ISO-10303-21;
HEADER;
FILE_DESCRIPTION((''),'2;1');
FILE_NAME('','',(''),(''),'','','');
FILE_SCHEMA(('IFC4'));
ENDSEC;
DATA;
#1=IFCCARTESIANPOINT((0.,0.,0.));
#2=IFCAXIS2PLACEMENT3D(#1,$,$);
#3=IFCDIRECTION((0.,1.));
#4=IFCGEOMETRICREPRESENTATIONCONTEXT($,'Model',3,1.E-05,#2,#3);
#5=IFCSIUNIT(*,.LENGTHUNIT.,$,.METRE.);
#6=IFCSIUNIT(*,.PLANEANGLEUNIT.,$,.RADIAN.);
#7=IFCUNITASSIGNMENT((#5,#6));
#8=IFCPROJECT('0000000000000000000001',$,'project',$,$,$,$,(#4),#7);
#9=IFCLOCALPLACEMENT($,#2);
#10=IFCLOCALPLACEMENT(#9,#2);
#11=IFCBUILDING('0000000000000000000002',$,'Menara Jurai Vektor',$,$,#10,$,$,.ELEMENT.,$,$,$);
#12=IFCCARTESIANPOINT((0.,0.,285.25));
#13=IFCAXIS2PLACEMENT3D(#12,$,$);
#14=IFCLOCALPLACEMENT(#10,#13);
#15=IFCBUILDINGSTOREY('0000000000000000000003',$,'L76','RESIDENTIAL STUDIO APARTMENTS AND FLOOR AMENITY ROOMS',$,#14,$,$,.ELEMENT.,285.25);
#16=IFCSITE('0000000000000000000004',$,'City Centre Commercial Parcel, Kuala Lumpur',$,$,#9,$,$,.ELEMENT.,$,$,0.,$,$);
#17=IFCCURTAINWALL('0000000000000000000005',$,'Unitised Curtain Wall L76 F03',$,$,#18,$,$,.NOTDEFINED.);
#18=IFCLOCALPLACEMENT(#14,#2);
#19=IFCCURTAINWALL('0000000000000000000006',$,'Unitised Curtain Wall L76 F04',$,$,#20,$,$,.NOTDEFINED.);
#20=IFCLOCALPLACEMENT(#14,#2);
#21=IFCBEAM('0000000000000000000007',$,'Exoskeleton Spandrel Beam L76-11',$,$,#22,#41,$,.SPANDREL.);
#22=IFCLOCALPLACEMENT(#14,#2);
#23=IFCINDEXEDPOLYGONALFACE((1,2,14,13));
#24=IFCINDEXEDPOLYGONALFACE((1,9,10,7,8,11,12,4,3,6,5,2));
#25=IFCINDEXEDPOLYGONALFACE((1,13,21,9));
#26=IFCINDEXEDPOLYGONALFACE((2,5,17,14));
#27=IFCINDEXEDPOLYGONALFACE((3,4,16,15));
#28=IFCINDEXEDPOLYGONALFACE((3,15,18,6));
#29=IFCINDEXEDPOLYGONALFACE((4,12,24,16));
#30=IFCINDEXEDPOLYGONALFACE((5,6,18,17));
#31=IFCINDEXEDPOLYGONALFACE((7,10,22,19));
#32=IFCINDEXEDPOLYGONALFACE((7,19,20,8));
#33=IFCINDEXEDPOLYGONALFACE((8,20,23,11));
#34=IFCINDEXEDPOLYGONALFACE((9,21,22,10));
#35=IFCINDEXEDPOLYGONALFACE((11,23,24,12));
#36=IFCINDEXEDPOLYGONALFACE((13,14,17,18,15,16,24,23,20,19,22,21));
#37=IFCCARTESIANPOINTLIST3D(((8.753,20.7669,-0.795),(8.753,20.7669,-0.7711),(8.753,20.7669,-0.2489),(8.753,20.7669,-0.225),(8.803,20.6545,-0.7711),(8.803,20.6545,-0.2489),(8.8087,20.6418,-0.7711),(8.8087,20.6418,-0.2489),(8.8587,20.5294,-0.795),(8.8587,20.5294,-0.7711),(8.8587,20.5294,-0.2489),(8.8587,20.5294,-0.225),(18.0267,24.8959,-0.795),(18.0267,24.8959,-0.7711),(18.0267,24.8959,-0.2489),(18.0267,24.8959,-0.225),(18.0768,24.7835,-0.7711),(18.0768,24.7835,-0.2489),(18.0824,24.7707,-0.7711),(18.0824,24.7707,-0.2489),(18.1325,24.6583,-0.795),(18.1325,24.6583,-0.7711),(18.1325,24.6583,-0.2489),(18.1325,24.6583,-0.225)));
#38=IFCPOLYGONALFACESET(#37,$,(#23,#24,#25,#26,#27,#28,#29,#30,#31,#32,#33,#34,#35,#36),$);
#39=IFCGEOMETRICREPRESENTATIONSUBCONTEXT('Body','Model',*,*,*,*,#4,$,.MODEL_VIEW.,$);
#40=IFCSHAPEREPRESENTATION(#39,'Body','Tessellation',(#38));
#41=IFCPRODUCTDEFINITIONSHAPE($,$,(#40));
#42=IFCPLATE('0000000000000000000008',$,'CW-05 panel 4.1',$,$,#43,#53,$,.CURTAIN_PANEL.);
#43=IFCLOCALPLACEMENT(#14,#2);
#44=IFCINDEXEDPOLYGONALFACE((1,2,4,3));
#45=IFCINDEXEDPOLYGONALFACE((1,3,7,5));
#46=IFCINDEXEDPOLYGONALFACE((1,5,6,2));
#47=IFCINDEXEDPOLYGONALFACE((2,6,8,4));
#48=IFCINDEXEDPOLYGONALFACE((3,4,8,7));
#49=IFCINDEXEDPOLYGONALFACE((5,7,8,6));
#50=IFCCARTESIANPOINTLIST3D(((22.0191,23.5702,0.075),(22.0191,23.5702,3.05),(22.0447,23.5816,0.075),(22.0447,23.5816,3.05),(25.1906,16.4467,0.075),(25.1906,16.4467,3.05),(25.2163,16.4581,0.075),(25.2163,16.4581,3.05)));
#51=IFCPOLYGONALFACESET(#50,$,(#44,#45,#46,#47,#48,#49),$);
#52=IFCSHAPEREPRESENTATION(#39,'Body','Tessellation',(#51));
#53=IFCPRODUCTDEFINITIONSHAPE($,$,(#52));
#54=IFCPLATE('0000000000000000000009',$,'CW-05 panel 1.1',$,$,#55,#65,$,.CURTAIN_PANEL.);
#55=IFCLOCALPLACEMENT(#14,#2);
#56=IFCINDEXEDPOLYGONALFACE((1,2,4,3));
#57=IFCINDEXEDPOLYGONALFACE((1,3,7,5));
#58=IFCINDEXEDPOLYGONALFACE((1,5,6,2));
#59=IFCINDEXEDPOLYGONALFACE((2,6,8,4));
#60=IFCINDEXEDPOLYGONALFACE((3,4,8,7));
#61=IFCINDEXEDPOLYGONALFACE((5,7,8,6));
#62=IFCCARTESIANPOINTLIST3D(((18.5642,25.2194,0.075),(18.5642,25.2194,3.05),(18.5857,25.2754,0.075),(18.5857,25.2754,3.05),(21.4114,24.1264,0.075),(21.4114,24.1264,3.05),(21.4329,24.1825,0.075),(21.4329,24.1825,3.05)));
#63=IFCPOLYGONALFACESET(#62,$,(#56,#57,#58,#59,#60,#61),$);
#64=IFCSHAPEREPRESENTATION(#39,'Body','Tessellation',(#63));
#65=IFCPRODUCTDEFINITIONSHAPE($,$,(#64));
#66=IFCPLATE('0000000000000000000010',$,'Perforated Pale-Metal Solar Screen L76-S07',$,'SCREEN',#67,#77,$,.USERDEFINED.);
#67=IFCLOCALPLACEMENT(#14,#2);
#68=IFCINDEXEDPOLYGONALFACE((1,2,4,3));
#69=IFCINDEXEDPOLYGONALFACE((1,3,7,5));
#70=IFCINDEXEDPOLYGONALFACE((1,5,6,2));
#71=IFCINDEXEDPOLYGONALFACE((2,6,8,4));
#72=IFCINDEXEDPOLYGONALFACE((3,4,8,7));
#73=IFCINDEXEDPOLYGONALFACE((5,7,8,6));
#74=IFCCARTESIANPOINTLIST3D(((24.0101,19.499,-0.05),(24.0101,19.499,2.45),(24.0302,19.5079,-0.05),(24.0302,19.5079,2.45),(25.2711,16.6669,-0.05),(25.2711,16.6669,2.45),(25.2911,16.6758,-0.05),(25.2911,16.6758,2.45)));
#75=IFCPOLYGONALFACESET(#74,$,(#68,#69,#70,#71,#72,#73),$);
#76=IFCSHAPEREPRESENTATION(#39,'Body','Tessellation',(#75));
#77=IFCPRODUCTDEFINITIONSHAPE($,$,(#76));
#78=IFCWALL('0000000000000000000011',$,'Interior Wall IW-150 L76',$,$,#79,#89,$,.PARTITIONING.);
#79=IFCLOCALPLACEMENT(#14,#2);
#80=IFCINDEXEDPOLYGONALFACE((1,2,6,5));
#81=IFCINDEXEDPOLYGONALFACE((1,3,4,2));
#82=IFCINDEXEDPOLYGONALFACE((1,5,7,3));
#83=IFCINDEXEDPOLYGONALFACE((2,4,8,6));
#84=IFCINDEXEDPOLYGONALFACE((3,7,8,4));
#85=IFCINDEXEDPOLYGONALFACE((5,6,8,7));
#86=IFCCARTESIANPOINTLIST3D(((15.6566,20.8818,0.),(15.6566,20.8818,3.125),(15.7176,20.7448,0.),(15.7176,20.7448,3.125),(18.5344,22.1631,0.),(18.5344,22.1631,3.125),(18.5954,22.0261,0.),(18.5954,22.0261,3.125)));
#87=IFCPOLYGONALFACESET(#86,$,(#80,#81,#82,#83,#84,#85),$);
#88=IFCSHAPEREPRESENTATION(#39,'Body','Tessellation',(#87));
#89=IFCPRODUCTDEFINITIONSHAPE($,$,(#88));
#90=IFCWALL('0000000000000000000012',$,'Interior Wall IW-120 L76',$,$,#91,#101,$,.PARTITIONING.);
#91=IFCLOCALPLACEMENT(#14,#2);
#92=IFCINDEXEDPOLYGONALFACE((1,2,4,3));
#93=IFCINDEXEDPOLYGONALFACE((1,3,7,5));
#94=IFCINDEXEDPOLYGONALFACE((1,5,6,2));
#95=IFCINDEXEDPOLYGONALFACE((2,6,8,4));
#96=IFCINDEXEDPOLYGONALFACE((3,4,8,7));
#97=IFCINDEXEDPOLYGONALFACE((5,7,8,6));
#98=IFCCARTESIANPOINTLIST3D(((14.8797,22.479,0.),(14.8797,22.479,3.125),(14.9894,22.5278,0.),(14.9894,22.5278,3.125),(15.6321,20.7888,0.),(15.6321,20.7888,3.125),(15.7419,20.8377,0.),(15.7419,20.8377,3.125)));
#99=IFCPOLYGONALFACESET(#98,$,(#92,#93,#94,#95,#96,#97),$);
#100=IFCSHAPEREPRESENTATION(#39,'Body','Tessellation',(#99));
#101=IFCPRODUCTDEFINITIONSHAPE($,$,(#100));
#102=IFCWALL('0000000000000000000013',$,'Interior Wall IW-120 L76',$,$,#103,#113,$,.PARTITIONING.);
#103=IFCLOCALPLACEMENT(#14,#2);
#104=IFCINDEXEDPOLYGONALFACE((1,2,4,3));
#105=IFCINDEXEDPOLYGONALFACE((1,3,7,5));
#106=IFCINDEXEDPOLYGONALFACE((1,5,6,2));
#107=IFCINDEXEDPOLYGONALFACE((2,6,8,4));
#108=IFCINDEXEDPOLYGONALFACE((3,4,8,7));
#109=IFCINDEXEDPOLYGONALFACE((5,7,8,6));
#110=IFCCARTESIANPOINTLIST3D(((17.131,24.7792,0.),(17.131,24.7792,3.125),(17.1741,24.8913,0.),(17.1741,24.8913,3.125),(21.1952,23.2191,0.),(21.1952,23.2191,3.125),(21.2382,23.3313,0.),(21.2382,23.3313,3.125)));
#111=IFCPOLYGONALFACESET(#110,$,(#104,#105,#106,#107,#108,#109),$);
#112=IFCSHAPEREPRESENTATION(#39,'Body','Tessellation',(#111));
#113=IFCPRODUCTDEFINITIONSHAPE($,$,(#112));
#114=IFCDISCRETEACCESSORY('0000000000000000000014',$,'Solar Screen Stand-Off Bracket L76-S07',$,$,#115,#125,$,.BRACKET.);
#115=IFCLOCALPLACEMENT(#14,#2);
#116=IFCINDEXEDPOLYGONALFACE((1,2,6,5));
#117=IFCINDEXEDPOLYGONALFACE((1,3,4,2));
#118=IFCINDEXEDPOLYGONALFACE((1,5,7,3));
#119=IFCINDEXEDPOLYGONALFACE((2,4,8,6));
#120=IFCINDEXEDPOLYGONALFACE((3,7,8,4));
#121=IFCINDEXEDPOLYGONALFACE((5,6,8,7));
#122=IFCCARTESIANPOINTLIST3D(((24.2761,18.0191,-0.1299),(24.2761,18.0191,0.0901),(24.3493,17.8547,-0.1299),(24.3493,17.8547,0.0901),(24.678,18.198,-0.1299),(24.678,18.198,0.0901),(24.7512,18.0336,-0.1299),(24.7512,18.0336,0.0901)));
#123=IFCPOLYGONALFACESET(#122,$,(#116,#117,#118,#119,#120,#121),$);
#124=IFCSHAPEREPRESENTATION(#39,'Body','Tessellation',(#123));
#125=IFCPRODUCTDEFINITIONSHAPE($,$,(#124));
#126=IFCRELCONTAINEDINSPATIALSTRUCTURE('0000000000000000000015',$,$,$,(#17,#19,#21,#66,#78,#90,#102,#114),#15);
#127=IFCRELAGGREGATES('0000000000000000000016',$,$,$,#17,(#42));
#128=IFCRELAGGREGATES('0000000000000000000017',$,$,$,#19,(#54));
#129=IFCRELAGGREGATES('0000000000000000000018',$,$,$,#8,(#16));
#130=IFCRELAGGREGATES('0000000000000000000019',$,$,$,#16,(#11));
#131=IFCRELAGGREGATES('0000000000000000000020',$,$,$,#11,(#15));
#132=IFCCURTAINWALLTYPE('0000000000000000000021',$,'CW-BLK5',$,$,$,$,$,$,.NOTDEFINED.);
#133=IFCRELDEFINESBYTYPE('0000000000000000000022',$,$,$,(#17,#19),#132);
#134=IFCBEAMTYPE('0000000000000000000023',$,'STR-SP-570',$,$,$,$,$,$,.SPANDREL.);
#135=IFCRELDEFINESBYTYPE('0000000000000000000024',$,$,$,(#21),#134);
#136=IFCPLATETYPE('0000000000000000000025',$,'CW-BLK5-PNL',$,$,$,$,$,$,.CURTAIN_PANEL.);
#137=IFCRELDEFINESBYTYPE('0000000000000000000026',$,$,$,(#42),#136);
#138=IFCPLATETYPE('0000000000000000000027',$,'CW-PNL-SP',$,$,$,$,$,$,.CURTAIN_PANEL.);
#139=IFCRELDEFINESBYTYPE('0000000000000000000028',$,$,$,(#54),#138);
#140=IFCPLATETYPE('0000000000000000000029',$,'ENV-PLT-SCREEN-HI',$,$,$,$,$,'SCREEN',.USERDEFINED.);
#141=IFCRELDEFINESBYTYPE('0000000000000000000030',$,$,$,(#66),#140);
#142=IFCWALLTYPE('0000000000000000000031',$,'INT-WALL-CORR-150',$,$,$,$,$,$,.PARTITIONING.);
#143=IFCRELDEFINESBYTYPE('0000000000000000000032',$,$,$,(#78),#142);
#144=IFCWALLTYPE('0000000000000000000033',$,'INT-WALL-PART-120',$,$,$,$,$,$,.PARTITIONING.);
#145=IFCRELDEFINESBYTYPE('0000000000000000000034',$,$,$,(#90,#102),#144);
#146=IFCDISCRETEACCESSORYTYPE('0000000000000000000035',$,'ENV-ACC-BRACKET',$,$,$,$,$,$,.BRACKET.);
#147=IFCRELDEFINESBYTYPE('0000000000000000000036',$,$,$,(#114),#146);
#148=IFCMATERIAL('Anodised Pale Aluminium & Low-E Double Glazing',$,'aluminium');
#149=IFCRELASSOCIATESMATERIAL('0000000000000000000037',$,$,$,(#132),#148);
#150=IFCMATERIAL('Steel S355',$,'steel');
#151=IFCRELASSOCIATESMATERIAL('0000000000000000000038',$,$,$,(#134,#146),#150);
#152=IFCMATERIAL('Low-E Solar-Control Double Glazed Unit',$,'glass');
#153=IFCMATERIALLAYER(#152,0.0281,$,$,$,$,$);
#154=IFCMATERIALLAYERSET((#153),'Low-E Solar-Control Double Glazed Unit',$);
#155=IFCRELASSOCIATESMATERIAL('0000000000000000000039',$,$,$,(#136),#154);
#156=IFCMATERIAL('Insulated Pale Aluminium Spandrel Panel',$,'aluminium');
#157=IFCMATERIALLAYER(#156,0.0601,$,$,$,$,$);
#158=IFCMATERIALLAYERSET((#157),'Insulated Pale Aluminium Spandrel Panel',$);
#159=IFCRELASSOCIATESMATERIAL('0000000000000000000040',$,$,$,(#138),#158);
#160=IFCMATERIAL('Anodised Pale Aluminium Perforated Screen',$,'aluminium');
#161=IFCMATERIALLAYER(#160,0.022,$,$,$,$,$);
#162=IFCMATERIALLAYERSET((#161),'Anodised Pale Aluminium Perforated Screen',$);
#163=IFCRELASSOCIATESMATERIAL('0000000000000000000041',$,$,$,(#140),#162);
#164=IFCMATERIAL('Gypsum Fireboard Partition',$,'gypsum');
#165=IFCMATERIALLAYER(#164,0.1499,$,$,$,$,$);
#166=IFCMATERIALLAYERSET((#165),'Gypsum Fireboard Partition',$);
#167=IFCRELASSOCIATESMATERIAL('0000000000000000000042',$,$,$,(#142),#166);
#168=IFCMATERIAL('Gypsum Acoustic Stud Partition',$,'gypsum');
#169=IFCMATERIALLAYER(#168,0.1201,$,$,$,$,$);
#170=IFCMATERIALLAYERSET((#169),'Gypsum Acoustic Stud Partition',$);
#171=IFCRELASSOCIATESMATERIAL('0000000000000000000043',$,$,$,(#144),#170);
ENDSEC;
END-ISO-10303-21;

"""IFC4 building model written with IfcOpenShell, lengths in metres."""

from ifc_helpers import new_model, si_unit, direction, frame, frame_2d, origin, origin_2d, place, context, subcontext, project, spatial, rectangle, i_section, extrude, material, layer, layer_set, material_profile, profile_set, type_object, element, aggregate, save


model = new_model("IFC4")

# Units and contexts
model_context = context("Model", 3, precision=1e-05, world=origin(), true_north=direction((0.0, 1.0)))
body_context = subcontext(model_context, "Body", "Model", "MODEL_VIEW")
ifc_project = project(units=[si_unit("LENGTHUNIT", "METRE"), si_unit("PLANEANGLEUNIT", "RADIAN")], contexts=[model_context])

# Site, building, storey
site_placement = place(None, origin())
site = spatial("IfcSite", under=ifc_project, at=site_placement, Name="City Centre Commercial Parcel, Kuala Lumpur", CompositionType="ELEMENT", RefElevation=0.0)
building_placement = place(site_placement, origin())
building = spatial("IfcBuilding", under=site, at=building_placement, Name="Menara Jurai Vektor", CompositionType="ELEMENT")
storey_placement = place(building_placement, frame((0.0, 0.0, 285.25)))
storey = spatial("IfcBuildingStorey", under=building, at=storey_placement, Name="L76", Description="RESIDENTIAL STUDIO APARTMENTS AND FLOOR AMENITY ROOMS", CompositionType="ELEMENT", Elevation=285.25)

# Curtain wall
ifc_material_1 = material(Name="Anodised Pale Aluminium & Low-E Double Glazing", Category="aluminium")
curtain_wall_type = type_object("IfcCurtainWallType", Name="CW-BLK5", PredefinedType="NOTDEFINED", material=ifc_material_1)
curtain_wall_1_placement = place(storey_placement, origin())
curtain_wall_1 = element("IfcCurtainWall", 1, at=curtain_wall_1_placement, inside=storey, type_object=curtain_wall_type, Name="Unitised Curtain Wall L76 F03", PredefinedType="NOTDEFINED")

# Curtain wall
curtain_wall_2_placement = place(storey_placement, origin())
curtain_wall_2 = element("IfcCurtainWall", 2, at=curtain_wall_2_placement, inside=storey, type_object=curtain_wall_type, Name="Unitised Curtain Wall L76 F04", PredefinedType="NOTDEFINED")

# Shared definitions
ifc_material_2 = material(Name="Steel S355", Category="steel")

# Beam
ifc_material_profile_1 = material_profile(ifc_material_2, i_section(OverallWidth=0.26, OverallDepth=0.5701, WebThickness=0.0139, FlangeThickness=0.0239, at=origin_2d()), Name="PG 570x260x145")
ifc_profile_set_1 = profile_set([ifc_material_profile_1], Name="Steel S355")
beam_type_1 = type_object("IfcBeamType", Name="STR-SP-570", PredefinedType="SPANDREL", material=ifc_profile_set_1)
beam_1_placement = place(storey_placement, frame((18.0796, 24.7771, -0.51), z_axis=(-0.913546, -0.406736, 0.0), x_axis=(0.406736, -0.913546, 0.0)))
element("IfcBeam", 3, at=beam_1_placement, inside=storey, type_object=beam_type_1, Name="Exoskeleton Spandrel Beam L76-11", PredefinedType="SPANDREL", context=body_context, shape_type="SweptSolid", body=[
    extrude(i_section(OverallWidth=0.26, OverallDepth=0.5701, WebThickness=0.0139, FlangeThickness=0.0239, at=origin_2d()), origin(), (0.0, 0.0, 1.0), 10.1514),
])

# Plates
ifc_material_3 = material(Name="Low-E Solar-Control Double Glazed Unit", Category="glass")
ifc_layer_1 = layer(ifc_material_3, 0.0281)
ifc_layer_set_1 = layer_set([ifc_layer_1], Name="Low-E Solar-Control Double Glazed Unit")
plate_type_1 = type_object("IfcPlateType", Name="CW-BLK5-PNL", PredefinedType="CURTAIN_PANEL", material=ifc_layer_set_1)
plate_1_placement = place(storey_placement, frame((23.6177, 20.0142, 0.075), z_axis=(0.0, 0.0, 1.0), x_axis=(-0.406735, 0.913546, 0.0)))
plate_1 = element("IfcPlate", 4, at=plate_1_placement, type_object=plate_type_1, Name="CW-05 panel 4.1", PredefinedType="CURTAIN_PANEL", context=body_context, shape_type="SweptSolid", body=[
    extrude(rectangle(XDim=7.7976, YDim=0.0281, at=origin_2d()), origin(), (0.0, 0.0, 1.0), 2.9751),
])
aggregate(curtain_wall_1, [plate_1])
ifc_material_4 = material(Name="Insulated Pale Aluminium Spandrel Panel", Category="aluminium")
ifc_layer_2 = layer(ifc_material_4, 0.0601)
ifc_layer_set_2 = layer_set([ifc_layer_2], Name="Insulated Pale Aluminium Spandrel Panel")
plate_type_2 = type_object("IfcPlateType", Name="CW-PNL-SP", PredefinedType="CURTAIN_PANEL", material=ifc_layer_set_2)
plate_2_placement = place(storey_placement, frame((19.9985, 24.7009, 0.075), z_axis=(0.0, 0.0, 1.0), x_axis=(-0.933578, 0.358374, 0.0)))
plate_2 = element("IfcPlate", 5, at=plate_2_placement, type_object=plate_type_2, Name="CW-05 panel 1.1", PredefinedType="CURTAIN_PANEL", context=body_context, shape_type="SweptSolid", body=[
    extrude(rectangle(XDim=3.0498, YDim=0.0601, at=origin_2d()), origin(), (0.0, 0.0, 1.0), 2.9751),
])
aggregate(curtain_wall_2, [plate_2])
ifc_material_5 = material(Name="Anodised Pale Aluminium Perforated Screen", Category="aluminium")
ifc_layer_3 = layer(ifc_material_5, 0.022)
ifc_layer_set_3 = layer_set([ifc_layer_3], Name="Anodised Pale Aluminium Perforated Screen")
plate_type_3 = type_object("IfcPlateType", Name="ENV-PLT-SCREEN-HI", ElementType="SCREEN", PredefinedType="USERDEFINED", material=ifc_layer_set_3)
plate_3_placement = place(storey_placement, frame((24.6506, 18.0874, -0.05), z_axis=(0.0, 0.0, 1.0), x_axis=(-0.406737, 0.913545, 0.0)))
element("IfcPlate", 6, at=plate_3_placement, inside=storey, type_object=plate_type_3, Name="Perforated Pale-Metal Solar Screen L76-S07", ObjectType="SCREEN", PredefinedType="USERDEFINED", context=body_context, shape_type="SweptSolid", body=[
    extrude(rectangle(XDim=3.1001, YDim=0.022, at=origin_2d()), origin(), (0.0, 0.0, 1.0), 2.5),
])

# Shared definitions
ifc_material_6 = material(Name="Gypsum Fireboard Partition", Category="gypsum")
ifc_layer_4 = layer(ifc_material_6, 0.1499)
ifc_layer_set_4 = layer_set([ifc_layer_4], Name="Gypsum Fireboard Partition")
wall_type_1 = type_object("IfcWallType", Name="INT-WALL-CORR-150", PredefinedType="PARTITIONING", material=ifc_layer_set_4)

# Wall
wall_1_placement = place(storey_placement, frame((15.687, 20.8132, 0.0), z_axis=(0.0, 0.0, 1.0), x_axis=(0.913543, 0.406742, 0.0)))
element("IfcWall", 7, at=wall_1_placement, inside=storey, type_object=wall_type_1, Name="Interior Wall IW-150 L76", PredefinedType="PARTITIONING", context=body_context, shape_type="SweptSolid", body=[
    extrude(rectangle(XDim=3.1501, YDim=0.1499, at=frame_2d((1.5752, 0.0))), origin(), (0.0, 0.0, 1.0), 3.125),
])

# Walls
ifc_material_7 = material(Name="Gypsum Acoustic Stud Partition", Category="gypsum")
ifc_layer_5 = layer(ifc_material_7, 0.1201)
ifc_layer_set_5 = layer_set([ifc_layer_5], Name="Gypsum Acoustic Stud Partition")
wall_type_2 = type_object("IfcWallType", Name="INT-WALL-PART-120", PredefinedType="PARTITIONING", material=ifc_layer_set_5)
wall_2_placement = place(storey_placement, frame((15.687, 20.8132, 0.0), z_axis=(0.0, 0.0, 1.0), x_axis=(-0.406702, 0.913561, 0.0)))
element("IfcWall", 8, at=wall_2_placement, inside=storey, type_object=wall_type_2, Name="Interior Wall IW-120 L76", PredefinedType="PARTITIONING", context=body_context, shape_type="SweptSolid", body=[
    extrude(rectangle(XDim=1.8501, YDim=0.1201, at=frame_2d((0.925, 0.0))), origin(), (0.0, 0.0, 1.0), 3.125),
])
wall_3_placement = place(storey_placement, frame((21.2168, 23.2751, 0.0), z_axis=(0.0, 0.0, 1.0), x_axis=(-0.933584, 0.358359, 0.0)))
element("IfcWall", 9, at=wall_3_placement, inside=storey, type_object=wall_type_2, Name="Interior Wall IW-120 L76", PredefinedType="PARTITIONING", context=body_context, shape_type="SweptSolid", body=[
    extrude(rectangle(XDim=4.3533, YDim=0.1201, at=frame_2d((2.1768, 0.0))), origin(), (0.0, 0.0, 1.0), 3.125),
])

# Discrete accessory
discrete_accessory_type = type_object("IfcDiscreteAccessoryType", Name="ENV-ACC-BRACKET", PredefinedType="BRACKET", material=ifc_material_2)
discrete_accessory_placement = place(storey_placement, frame((24.5137, 18.0264, -0.1299), z_axis=(0.0, 0.0, 1.0), x_axis=(-0.406737, 0.913545, 0.0)))
element("IfcDiscreteAccessory", 10, at=discrete_accessory_placement, inside=storey, type_object=discrete_accessory_type, Name="Solar Screen Stand-Off Bracket L76-S07", PredefinedType="BRACKET", context=body_context, shape_type="SweptSolid", body=[
    extrude(rectangle(XDim=0.1799, YDim=0.4399, at=origin_2d()), origin(), (0.0, 0.0, 1.0), 0.22),
])

save(model, "model.ifc")
